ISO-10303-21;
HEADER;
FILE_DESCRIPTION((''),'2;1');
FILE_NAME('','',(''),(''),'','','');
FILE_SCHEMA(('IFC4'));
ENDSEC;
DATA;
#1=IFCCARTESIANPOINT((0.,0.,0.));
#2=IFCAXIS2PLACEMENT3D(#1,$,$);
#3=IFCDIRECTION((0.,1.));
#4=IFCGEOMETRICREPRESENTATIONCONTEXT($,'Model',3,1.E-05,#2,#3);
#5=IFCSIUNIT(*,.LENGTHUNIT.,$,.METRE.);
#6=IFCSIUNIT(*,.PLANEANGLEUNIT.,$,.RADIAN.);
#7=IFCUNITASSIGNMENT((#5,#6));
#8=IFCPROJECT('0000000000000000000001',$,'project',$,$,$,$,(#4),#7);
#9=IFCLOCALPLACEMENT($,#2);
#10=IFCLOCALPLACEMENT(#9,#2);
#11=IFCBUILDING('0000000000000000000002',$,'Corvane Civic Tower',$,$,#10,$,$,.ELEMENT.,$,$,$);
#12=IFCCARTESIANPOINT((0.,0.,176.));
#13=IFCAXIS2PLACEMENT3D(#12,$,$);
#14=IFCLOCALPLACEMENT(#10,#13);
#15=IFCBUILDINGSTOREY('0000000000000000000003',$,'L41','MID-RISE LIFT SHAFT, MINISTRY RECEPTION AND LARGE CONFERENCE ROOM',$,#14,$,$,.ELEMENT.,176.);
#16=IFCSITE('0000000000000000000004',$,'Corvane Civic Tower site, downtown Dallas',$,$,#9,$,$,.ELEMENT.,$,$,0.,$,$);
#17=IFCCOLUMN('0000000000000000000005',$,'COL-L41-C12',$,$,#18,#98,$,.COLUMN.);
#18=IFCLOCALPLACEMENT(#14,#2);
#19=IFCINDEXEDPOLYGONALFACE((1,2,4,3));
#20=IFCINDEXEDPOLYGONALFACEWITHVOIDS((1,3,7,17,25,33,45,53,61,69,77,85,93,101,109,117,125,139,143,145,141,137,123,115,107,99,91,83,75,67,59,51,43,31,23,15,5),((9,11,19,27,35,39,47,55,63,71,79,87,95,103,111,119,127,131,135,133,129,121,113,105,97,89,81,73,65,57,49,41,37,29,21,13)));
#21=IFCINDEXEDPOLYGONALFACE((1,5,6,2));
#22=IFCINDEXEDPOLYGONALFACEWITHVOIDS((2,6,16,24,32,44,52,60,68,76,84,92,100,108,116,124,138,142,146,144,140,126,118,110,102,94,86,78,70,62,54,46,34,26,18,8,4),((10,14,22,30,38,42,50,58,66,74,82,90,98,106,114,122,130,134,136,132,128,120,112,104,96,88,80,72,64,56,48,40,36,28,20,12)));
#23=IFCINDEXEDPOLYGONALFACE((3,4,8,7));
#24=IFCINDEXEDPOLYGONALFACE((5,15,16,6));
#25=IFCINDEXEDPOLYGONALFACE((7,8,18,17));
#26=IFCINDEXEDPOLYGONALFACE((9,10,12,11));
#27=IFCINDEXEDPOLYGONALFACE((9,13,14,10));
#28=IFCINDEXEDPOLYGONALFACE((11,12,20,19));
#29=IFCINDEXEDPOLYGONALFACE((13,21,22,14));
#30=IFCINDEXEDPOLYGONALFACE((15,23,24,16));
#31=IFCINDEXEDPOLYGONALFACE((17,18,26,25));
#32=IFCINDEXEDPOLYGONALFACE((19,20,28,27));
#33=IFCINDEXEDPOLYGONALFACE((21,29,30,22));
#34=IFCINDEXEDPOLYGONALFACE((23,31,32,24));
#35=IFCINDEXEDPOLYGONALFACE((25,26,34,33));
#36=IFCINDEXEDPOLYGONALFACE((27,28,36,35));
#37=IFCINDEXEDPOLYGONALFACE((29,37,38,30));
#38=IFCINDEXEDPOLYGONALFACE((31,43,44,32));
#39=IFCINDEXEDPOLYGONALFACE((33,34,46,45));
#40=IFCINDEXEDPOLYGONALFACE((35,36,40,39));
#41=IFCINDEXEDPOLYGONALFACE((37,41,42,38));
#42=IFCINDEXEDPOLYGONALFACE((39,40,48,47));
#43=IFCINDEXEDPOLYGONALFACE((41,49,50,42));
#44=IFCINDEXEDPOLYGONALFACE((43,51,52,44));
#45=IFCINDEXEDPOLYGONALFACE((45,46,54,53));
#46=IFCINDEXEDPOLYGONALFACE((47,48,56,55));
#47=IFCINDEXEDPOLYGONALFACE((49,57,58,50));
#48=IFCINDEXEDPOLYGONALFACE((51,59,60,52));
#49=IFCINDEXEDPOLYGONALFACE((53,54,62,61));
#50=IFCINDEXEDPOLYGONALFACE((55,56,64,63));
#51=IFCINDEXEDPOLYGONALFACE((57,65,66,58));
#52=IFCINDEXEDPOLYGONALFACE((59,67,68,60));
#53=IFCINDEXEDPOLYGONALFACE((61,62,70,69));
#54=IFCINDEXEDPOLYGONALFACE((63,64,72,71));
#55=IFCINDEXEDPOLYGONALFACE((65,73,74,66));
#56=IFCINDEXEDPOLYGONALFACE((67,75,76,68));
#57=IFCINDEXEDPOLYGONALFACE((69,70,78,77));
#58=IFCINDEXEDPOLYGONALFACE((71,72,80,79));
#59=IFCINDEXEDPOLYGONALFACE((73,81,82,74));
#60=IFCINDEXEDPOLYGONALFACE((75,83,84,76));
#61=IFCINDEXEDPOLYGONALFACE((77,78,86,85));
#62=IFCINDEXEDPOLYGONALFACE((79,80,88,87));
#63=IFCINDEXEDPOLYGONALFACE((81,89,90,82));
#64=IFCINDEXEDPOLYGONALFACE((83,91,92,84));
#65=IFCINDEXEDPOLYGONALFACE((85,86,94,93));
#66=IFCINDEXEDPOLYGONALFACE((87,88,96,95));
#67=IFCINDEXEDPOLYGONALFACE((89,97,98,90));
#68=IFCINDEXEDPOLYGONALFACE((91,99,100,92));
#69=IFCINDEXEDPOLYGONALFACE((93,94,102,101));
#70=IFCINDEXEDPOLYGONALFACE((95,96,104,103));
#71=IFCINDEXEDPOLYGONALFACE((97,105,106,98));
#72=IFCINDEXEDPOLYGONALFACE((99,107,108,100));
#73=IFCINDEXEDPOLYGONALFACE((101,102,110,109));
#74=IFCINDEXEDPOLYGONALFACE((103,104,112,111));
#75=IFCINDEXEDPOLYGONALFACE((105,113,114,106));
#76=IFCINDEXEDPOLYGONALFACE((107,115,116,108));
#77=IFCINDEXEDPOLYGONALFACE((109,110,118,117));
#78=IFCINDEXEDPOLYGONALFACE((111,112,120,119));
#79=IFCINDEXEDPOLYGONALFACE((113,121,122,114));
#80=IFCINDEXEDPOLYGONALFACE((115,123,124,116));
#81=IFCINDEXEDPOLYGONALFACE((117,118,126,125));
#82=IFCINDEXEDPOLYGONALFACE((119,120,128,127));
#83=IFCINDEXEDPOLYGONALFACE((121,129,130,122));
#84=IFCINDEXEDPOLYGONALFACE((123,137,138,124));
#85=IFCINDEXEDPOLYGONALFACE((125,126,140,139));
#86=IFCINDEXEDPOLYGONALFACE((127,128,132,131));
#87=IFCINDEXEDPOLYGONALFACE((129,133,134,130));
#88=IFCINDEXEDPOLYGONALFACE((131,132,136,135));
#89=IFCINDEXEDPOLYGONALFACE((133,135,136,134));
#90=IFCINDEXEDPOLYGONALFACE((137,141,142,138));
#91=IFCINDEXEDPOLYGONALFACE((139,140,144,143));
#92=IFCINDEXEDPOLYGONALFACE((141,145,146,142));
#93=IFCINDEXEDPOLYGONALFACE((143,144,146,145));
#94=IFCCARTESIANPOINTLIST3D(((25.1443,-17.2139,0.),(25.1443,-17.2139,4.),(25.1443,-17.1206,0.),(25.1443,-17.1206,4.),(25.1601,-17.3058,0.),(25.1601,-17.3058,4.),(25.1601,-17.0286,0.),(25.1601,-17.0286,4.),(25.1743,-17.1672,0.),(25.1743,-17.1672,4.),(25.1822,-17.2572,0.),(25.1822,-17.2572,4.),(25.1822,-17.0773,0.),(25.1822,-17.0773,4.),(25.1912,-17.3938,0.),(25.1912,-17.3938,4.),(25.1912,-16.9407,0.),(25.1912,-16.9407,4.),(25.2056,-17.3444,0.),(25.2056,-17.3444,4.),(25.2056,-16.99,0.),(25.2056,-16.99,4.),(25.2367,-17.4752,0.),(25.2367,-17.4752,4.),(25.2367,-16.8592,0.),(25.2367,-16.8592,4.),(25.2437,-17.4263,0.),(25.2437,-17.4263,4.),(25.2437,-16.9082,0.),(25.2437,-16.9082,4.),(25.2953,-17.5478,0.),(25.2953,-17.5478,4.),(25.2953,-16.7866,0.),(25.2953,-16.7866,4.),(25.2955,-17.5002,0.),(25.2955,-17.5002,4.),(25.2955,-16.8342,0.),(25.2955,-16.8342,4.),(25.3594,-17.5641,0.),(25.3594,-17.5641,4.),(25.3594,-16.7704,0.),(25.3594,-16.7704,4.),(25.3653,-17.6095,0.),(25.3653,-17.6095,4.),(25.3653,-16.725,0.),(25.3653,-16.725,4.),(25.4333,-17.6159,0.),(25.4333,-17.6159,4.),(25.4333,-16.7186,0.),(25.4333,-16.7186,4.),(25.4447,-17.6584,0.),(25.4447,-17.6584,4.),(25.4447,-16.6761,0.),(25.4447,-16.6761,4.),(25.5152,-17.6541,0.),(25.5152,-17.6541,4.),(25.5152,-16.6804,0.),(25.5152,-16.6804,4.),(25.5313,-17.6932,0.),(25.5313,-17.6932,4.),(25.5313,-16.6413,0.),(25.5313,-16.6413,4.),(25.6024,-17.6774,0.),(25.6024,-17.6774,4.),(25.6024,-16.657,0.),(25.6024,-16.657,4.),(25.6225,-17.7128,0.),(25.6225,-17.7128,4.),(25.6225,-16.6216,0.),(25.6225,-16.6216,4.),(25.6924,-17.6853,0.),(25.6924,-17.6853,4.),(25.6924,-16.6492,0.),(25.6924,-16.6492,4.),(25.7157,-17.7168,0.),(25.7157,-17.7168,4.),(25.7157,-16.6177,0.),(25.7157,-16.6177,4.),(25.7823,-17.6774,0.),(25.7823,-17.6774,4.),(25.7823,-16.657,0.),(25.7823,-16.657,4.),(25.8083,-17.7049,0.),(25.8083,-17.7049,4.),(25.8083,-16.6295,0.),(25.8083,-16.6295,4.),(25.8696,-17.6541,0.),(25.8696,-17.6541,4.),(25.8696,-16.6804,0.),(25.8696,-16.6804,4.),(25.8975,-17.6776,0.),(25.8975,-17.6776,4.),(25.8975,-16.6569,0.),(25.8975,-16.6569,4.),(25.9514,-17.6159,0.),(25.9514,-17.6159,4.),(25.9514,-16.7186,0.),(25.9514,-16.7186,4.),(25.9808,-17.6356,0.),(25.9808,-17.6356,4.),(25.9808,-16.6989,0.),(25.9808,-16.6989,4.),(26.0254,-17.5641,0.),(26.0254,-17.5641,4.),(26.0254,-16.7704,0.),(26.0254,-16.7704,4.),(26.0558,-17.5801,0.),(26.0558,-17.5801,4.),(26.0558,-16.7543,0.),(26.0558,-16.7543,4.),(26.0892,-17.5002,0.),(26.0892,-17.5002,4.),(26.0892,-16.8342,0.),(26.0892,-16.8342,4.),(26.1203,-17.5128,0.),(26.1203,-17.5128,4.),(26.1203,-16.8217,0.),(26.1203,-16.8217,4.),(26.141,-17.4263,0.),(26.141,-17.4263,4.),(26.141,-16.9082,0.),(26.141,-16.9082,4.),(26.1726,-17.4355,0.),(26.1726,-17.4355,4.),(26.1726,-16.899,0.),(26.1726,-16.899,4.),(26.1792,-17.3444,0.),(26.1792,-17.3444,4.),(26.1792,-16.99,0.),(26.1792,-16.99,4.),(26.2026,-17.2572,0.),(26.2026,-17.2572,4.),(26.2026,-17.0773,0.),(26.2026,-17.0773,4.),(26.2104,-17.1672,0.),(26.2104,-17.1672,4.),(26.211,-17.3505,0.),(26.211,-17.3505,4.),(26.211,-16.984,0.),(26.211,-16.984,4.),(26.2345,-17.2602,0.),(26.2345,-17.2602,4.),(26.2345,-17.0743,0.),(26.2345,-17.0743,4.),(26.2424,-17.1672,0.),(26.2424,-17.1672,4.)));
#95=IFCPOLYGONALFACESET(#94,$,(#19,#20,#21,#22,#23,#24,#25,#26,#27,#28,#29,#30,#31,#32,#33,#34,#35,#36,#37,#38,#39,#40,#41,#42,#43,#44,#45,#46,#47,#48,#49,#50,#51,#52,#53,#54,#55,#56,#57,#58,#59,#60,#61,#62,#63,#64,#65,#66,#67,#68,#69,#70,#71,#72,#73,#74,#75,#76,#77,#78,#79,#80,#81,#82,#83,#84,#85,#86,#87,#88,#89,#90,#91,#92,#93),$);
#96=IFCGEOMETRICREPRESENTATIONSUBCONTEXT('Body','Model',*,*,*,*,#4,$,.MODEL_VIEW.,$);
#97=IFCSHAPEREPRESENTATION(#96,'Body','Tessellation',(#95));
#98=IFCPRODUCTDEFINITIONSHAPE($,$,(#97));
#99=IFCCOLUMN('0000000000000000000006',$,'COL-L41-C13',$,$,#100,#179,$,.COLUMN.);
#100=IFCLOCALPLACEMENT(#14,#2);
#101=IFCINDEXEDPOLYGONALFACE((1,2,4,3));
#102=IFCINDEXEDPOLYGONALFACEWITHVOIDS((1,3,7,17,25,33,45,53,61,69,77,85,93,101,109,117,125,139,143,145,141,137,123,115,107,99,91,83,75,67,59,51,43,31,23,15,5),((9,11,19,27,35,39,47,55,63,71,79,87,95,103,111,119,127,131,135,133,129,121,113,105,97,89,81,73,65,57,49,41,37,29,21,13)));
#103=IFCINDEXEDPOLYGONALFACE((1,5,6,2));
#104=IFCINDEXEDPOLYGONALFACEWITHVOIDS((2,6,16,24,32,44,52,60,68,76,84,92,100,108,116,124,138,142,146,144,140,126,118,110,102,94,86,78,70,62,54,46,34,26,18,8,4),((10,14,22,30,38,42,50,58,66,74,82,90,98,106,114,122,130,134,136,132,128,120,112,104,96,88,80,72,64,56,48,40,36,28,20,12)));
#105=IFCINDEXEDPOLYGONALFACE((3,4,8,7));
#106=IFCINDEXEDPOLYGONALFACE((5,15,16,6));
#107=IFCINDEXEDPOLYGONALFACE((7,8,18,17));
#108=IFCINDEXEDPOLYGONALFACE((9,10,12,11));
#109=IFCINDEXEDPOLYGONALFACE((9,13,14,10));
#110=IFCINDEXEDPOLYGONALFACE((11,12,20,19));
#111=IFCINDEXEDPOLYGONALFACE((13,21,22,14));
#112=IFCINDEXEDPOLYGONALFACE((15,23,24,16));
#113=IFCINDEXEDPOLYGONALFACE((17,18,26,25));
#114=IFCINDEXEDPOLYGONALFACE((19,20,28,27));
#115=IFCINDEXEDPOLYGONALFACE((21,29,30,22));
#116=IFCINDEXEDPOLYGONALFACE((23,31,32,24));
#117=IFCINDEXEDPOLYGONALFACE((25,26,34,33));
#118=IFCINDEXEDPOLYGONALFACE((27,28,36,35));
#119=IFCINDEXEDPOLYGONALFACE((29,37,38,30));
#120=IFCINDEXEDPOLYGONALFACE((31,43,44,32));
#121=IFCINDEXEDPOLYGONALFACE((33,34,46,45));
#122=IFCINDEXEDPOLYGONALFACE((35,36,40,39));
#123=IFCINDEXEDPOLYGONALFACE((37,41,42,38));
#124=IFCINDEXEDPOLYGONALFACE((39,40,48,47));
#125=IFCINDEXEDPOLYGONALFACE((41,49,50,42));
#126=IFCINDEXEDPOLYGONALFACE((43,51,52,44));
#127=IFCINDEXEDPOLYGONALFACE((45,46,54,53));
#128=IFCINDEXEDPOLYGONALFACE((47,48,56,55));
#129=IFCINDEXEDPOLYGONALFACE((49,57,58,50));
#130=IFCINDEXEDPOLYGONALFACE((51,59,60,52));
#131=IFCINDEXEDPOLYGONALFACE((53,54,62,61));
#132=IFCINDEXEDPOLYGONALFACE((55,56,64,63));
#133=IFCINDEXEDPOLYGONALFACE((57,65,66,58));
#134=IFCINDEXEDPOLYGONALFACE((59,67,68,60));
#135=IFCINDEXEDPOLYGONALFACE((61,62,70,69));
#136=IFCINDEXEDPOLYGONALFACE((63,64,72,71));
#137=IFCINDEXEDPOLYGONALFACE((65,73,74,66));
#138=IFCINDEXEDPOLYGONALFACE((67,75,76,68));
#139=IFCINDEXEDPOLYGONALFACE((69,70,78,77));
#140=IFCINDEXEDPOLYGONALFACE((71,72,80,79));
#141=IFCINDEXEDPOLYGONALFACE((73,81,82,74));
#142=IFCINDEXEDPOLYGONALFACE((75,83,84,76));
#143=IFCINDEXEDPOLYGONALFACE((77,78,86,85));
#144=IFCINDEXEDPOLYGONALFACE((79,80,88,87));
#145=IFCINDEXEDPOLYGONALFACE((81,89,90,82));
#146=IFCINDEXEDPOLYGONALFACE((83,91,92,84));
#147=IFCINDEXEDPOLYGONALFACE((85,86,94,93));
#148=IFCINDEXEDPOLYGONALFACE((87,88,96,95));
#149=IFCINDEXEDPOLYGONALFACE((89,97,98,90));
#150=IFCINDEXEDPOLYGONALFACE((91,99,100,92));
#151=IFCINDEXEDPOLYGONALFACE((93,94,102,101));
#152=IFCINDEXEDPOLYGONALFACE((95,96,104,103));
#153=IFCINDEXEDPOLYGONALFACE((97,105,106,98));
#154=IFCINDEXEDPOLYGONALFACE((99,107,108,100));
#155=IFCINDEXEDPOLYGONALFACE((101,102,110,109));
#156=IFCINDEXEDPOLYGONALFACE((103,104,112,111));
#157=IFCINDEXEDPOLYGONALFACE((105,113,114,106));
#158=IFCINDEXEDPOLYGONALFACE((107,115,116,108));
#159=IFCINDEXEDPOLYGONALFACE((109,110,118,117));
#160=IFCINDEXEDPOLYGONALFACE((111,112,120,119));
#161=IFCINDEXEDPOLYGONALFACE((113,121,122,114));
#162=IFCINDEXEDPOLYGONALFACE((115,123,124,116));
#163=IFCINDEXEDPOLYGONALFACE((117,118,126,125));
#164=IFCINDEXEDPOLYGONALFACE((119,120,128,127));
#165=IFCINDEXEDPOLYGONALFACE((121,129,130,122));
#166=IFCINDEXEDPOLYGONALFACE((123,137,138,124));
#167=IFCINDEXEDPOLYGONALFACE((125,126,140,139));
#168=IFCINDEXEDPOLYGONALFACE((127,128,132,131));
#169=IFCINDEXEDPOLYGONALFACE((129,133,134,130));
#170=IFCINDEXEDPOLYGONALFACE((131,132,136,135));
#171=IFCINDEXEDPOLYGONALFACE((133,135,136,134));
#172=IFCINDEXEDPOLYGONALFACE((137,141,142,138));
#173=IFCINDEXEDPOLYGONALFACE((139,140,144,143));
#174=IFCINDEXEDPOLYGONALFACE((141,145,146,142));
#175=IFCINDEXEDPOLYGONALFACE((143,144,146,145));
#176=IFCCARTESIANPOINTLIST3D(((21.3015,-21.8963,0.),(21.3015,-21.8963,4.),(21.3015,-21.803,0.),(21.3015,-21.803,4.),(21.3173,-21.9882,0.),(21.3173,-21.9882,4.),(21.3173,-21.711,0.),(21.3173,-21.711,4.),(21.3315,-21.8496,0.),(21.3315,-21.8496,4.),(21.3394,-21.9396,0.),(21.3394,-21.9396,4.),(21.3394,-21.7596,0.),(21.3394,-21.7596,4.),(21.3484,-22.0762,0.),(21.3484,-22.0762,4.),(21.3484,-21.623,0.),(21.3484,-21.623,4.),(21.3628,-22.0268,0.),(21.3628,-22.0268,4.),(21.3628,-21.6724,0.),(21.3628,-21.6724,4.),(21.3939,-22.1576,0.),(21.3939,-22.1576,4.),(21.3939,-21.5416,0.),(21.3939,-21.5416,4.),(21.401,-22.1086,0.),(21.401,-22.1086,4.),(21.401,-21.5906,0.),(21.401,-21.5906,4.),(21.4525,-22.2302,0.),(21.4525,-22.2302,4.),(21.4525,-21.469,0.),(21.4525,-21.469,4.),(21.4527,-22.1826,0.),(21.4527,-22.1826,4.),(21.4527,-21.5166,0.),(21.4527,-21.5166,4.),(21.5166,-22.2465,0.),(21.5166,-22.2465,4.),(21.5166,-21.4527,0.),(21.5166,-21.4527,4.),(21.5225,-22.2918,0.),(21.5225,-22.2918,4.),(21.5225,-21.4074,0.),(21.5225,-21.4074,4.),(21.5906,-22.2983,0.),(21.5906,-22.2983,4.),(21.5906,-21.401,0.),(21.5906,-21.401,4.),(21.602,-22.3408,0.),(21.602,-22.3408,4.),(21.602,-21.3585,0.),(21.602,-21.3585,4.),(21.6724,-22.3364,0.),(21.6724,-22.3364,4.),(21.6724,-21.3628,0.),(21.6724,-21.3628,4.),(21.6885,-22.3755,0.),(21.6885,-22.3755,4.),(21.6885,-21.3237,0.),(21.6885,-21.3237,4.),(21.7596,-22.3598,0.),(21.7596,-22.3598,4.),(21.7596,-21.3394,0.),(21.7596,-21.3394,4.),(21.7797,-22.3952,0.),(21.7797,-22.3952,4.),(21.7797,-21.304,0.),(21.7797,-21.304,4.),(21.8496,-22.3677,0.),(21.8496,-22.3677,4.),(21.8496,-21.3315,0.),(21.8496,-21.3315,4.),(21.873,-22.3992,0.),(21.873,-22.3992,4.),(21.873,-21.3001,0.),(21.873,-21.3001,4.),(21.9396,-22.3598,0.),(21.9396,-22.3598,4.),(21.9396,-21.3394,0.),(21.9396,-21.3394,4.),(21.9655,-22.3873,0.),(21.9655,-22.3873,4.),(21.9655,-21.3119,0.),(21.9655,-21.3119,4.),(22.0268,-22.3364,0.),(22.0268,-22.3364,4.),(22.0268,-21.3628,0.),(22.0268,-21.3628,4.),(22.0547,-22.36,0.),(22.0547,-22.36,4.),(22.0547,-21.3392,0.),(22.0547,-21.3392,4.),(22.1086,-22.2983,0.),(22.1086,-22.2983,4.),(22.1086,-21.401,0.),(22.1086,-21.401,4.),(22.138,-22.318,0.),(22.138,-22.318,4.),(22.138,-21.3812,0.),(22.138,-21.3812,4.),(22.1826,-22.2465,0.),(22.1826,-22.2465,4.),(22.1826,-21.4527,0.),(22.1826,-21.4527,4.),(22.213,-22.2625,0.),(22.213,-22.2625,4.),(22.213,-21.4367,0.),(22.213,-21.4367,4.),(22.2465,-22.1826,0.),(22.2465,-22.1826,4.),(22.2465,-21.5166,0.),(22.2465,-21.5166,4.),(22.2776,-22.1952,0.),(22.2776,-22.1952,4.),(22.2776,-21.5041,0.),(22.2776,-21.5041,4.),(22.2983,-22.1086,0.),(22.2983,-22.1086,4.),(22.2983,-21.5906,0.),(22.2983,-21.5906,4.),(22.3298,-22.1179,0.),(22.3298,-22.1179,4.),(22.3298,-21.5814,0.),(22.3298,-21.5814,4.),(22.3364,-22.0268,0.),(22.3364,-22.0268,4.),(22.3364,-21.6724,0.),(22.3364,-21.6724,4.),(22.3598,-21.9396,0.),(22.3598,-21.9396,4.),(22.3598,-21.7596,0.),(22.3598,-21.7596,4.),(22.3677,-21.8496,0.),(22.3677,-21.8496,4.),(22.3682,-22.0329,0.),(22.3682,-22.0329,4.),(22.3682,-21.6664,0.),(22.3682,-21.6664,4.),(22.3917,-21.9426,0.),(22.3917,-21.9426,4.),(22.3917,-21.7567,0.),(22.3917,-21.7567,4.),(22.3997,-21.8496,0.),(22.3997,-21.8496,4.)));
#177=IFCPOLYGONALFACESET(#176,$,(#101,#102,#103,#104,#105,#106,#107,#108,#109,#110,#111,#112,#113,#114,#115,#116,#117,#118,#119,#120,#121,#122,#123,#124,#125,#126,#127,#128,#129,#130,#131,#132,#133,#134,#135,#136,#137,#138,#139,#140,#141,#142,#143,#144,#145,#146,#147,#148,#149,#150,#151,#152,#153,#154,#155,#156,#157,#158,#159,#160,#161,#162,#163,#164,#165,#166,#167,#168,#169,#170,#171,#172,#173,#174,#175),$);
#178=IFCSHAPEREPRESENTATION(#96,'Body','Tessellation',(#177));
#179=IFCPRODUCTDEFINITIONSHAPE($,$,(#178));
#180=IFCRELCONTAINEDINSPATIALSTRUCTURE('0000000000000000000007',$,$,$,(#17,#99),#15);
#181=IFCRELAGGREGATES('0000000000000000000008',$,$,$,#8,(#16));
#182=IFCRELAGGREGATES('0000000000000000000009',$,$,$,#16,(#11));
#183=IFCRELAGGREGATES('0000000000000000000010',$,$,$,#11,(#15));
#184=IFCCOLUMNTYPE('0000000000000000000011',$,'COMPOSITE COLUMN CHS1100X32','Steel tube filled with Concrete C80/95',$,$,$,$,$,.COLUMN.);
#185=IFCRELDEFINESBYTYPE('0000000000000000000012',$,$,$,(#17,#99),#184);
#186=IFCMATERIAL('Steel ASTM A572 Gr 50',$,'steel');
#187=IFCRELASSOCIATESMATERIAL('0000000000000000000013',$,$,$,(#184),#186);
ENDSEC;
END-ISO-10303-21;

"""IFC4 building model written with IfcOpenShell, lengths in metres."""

from ifc_helpers import new_model, si_unit, direction, frame, origin, origin_2d, place, context, subcontext, project, spatial, hollow_circle, extrude, material, material_profile, profile_set, type_object, element, save


model = new_model("IFC4")

# Units and contexts
model_context = context("Model", 3, precision=1e-05, world=origin(), true_north=direction((0.0, 1.0)))
body_context = subcontext(model_context, "Body", "Model", "MODEL_VIEW")
ifc_project = project(units=[si_unit("LENGTHUNIT", "METRE"), si_unit("PLANEANGLEUNIT", "RADIAN")], contexts=[model_context])

# Site, building, storey
site_placement = place(None, origin())
site = spatial("IfcSite", under=ifc_project, at=site_placement, Name="Corvane Civic Tower site, downtown Dallas", CompositionType="ELEMENT", RefElevation=0.0)
building_placement = place(site_placement, origin())
building = spatial("IfcBuilding", under=site, at=building_placement, Name="Corvane Civic Tower", CompositionType="ELEMENT")
storey_placement = place(building_placement, frame((0.0, 0.0, 176.0)))
storey = spatial("IfcBuildingStorey", under=building, at=storey_placement, Name="L41", Description="MID-RISE LIFT SHAFT, MINISTRY RECEPTION AND LARGE CONFERENCE ROOM", CompositionType="ELEMENT", Elevation=176.0)

# Columns
ifc_material_1 = material(Name="Steel ASTM A572 Gr 50", Category="steel")
ifc_material_profile_1 = material_profile(ifc_material_1, hollow_circle(Radius=0.55, WallThickness=0.032, at=origin_2d()), Name="CHS1100X32")
ifc_profile_set_1 = profile_set([ifc_material_profile_1], Name="Steel ASTM A572 Gr 50")
column_type = type_object("IfcColumnType", Name="COMPOSITE COLUMN CHS1100X32", Description="Steel tube filled with Concrete C80/95", PredefinedType="COLUMN", material=ifc_profile_set_1)
for number, where, z_axis, x_axis, name in (
    (1, (25.6924, -17.1672, 0.0), (0.0, 0.0, 1.0), (1.0, 0.0, 0.0), "COL-L41-C12"),
    (2, (21.8496, -21.8496, 0.0), (0.0, 0.0, 1.0), (1.0, 0.0, 0.0), "COL-L41-C13"),
):
    element("IfcColumn", number, at=place(storey_placement, frame(where, z_axis=z_axis, x_axis=x_axis)), inside=storey, type_object=column_type, Name=name, PredefinedType="COLUMN", context=body_context, shape_type="SweptSolid", body=[
        extrude(hollow_circle(Radius=0.55, WallThickness=0.032, at=origin_2d()), origin(), (0.0, 0.0, 1.0), 4.0),
    ])

save(model, "model.ifc")
